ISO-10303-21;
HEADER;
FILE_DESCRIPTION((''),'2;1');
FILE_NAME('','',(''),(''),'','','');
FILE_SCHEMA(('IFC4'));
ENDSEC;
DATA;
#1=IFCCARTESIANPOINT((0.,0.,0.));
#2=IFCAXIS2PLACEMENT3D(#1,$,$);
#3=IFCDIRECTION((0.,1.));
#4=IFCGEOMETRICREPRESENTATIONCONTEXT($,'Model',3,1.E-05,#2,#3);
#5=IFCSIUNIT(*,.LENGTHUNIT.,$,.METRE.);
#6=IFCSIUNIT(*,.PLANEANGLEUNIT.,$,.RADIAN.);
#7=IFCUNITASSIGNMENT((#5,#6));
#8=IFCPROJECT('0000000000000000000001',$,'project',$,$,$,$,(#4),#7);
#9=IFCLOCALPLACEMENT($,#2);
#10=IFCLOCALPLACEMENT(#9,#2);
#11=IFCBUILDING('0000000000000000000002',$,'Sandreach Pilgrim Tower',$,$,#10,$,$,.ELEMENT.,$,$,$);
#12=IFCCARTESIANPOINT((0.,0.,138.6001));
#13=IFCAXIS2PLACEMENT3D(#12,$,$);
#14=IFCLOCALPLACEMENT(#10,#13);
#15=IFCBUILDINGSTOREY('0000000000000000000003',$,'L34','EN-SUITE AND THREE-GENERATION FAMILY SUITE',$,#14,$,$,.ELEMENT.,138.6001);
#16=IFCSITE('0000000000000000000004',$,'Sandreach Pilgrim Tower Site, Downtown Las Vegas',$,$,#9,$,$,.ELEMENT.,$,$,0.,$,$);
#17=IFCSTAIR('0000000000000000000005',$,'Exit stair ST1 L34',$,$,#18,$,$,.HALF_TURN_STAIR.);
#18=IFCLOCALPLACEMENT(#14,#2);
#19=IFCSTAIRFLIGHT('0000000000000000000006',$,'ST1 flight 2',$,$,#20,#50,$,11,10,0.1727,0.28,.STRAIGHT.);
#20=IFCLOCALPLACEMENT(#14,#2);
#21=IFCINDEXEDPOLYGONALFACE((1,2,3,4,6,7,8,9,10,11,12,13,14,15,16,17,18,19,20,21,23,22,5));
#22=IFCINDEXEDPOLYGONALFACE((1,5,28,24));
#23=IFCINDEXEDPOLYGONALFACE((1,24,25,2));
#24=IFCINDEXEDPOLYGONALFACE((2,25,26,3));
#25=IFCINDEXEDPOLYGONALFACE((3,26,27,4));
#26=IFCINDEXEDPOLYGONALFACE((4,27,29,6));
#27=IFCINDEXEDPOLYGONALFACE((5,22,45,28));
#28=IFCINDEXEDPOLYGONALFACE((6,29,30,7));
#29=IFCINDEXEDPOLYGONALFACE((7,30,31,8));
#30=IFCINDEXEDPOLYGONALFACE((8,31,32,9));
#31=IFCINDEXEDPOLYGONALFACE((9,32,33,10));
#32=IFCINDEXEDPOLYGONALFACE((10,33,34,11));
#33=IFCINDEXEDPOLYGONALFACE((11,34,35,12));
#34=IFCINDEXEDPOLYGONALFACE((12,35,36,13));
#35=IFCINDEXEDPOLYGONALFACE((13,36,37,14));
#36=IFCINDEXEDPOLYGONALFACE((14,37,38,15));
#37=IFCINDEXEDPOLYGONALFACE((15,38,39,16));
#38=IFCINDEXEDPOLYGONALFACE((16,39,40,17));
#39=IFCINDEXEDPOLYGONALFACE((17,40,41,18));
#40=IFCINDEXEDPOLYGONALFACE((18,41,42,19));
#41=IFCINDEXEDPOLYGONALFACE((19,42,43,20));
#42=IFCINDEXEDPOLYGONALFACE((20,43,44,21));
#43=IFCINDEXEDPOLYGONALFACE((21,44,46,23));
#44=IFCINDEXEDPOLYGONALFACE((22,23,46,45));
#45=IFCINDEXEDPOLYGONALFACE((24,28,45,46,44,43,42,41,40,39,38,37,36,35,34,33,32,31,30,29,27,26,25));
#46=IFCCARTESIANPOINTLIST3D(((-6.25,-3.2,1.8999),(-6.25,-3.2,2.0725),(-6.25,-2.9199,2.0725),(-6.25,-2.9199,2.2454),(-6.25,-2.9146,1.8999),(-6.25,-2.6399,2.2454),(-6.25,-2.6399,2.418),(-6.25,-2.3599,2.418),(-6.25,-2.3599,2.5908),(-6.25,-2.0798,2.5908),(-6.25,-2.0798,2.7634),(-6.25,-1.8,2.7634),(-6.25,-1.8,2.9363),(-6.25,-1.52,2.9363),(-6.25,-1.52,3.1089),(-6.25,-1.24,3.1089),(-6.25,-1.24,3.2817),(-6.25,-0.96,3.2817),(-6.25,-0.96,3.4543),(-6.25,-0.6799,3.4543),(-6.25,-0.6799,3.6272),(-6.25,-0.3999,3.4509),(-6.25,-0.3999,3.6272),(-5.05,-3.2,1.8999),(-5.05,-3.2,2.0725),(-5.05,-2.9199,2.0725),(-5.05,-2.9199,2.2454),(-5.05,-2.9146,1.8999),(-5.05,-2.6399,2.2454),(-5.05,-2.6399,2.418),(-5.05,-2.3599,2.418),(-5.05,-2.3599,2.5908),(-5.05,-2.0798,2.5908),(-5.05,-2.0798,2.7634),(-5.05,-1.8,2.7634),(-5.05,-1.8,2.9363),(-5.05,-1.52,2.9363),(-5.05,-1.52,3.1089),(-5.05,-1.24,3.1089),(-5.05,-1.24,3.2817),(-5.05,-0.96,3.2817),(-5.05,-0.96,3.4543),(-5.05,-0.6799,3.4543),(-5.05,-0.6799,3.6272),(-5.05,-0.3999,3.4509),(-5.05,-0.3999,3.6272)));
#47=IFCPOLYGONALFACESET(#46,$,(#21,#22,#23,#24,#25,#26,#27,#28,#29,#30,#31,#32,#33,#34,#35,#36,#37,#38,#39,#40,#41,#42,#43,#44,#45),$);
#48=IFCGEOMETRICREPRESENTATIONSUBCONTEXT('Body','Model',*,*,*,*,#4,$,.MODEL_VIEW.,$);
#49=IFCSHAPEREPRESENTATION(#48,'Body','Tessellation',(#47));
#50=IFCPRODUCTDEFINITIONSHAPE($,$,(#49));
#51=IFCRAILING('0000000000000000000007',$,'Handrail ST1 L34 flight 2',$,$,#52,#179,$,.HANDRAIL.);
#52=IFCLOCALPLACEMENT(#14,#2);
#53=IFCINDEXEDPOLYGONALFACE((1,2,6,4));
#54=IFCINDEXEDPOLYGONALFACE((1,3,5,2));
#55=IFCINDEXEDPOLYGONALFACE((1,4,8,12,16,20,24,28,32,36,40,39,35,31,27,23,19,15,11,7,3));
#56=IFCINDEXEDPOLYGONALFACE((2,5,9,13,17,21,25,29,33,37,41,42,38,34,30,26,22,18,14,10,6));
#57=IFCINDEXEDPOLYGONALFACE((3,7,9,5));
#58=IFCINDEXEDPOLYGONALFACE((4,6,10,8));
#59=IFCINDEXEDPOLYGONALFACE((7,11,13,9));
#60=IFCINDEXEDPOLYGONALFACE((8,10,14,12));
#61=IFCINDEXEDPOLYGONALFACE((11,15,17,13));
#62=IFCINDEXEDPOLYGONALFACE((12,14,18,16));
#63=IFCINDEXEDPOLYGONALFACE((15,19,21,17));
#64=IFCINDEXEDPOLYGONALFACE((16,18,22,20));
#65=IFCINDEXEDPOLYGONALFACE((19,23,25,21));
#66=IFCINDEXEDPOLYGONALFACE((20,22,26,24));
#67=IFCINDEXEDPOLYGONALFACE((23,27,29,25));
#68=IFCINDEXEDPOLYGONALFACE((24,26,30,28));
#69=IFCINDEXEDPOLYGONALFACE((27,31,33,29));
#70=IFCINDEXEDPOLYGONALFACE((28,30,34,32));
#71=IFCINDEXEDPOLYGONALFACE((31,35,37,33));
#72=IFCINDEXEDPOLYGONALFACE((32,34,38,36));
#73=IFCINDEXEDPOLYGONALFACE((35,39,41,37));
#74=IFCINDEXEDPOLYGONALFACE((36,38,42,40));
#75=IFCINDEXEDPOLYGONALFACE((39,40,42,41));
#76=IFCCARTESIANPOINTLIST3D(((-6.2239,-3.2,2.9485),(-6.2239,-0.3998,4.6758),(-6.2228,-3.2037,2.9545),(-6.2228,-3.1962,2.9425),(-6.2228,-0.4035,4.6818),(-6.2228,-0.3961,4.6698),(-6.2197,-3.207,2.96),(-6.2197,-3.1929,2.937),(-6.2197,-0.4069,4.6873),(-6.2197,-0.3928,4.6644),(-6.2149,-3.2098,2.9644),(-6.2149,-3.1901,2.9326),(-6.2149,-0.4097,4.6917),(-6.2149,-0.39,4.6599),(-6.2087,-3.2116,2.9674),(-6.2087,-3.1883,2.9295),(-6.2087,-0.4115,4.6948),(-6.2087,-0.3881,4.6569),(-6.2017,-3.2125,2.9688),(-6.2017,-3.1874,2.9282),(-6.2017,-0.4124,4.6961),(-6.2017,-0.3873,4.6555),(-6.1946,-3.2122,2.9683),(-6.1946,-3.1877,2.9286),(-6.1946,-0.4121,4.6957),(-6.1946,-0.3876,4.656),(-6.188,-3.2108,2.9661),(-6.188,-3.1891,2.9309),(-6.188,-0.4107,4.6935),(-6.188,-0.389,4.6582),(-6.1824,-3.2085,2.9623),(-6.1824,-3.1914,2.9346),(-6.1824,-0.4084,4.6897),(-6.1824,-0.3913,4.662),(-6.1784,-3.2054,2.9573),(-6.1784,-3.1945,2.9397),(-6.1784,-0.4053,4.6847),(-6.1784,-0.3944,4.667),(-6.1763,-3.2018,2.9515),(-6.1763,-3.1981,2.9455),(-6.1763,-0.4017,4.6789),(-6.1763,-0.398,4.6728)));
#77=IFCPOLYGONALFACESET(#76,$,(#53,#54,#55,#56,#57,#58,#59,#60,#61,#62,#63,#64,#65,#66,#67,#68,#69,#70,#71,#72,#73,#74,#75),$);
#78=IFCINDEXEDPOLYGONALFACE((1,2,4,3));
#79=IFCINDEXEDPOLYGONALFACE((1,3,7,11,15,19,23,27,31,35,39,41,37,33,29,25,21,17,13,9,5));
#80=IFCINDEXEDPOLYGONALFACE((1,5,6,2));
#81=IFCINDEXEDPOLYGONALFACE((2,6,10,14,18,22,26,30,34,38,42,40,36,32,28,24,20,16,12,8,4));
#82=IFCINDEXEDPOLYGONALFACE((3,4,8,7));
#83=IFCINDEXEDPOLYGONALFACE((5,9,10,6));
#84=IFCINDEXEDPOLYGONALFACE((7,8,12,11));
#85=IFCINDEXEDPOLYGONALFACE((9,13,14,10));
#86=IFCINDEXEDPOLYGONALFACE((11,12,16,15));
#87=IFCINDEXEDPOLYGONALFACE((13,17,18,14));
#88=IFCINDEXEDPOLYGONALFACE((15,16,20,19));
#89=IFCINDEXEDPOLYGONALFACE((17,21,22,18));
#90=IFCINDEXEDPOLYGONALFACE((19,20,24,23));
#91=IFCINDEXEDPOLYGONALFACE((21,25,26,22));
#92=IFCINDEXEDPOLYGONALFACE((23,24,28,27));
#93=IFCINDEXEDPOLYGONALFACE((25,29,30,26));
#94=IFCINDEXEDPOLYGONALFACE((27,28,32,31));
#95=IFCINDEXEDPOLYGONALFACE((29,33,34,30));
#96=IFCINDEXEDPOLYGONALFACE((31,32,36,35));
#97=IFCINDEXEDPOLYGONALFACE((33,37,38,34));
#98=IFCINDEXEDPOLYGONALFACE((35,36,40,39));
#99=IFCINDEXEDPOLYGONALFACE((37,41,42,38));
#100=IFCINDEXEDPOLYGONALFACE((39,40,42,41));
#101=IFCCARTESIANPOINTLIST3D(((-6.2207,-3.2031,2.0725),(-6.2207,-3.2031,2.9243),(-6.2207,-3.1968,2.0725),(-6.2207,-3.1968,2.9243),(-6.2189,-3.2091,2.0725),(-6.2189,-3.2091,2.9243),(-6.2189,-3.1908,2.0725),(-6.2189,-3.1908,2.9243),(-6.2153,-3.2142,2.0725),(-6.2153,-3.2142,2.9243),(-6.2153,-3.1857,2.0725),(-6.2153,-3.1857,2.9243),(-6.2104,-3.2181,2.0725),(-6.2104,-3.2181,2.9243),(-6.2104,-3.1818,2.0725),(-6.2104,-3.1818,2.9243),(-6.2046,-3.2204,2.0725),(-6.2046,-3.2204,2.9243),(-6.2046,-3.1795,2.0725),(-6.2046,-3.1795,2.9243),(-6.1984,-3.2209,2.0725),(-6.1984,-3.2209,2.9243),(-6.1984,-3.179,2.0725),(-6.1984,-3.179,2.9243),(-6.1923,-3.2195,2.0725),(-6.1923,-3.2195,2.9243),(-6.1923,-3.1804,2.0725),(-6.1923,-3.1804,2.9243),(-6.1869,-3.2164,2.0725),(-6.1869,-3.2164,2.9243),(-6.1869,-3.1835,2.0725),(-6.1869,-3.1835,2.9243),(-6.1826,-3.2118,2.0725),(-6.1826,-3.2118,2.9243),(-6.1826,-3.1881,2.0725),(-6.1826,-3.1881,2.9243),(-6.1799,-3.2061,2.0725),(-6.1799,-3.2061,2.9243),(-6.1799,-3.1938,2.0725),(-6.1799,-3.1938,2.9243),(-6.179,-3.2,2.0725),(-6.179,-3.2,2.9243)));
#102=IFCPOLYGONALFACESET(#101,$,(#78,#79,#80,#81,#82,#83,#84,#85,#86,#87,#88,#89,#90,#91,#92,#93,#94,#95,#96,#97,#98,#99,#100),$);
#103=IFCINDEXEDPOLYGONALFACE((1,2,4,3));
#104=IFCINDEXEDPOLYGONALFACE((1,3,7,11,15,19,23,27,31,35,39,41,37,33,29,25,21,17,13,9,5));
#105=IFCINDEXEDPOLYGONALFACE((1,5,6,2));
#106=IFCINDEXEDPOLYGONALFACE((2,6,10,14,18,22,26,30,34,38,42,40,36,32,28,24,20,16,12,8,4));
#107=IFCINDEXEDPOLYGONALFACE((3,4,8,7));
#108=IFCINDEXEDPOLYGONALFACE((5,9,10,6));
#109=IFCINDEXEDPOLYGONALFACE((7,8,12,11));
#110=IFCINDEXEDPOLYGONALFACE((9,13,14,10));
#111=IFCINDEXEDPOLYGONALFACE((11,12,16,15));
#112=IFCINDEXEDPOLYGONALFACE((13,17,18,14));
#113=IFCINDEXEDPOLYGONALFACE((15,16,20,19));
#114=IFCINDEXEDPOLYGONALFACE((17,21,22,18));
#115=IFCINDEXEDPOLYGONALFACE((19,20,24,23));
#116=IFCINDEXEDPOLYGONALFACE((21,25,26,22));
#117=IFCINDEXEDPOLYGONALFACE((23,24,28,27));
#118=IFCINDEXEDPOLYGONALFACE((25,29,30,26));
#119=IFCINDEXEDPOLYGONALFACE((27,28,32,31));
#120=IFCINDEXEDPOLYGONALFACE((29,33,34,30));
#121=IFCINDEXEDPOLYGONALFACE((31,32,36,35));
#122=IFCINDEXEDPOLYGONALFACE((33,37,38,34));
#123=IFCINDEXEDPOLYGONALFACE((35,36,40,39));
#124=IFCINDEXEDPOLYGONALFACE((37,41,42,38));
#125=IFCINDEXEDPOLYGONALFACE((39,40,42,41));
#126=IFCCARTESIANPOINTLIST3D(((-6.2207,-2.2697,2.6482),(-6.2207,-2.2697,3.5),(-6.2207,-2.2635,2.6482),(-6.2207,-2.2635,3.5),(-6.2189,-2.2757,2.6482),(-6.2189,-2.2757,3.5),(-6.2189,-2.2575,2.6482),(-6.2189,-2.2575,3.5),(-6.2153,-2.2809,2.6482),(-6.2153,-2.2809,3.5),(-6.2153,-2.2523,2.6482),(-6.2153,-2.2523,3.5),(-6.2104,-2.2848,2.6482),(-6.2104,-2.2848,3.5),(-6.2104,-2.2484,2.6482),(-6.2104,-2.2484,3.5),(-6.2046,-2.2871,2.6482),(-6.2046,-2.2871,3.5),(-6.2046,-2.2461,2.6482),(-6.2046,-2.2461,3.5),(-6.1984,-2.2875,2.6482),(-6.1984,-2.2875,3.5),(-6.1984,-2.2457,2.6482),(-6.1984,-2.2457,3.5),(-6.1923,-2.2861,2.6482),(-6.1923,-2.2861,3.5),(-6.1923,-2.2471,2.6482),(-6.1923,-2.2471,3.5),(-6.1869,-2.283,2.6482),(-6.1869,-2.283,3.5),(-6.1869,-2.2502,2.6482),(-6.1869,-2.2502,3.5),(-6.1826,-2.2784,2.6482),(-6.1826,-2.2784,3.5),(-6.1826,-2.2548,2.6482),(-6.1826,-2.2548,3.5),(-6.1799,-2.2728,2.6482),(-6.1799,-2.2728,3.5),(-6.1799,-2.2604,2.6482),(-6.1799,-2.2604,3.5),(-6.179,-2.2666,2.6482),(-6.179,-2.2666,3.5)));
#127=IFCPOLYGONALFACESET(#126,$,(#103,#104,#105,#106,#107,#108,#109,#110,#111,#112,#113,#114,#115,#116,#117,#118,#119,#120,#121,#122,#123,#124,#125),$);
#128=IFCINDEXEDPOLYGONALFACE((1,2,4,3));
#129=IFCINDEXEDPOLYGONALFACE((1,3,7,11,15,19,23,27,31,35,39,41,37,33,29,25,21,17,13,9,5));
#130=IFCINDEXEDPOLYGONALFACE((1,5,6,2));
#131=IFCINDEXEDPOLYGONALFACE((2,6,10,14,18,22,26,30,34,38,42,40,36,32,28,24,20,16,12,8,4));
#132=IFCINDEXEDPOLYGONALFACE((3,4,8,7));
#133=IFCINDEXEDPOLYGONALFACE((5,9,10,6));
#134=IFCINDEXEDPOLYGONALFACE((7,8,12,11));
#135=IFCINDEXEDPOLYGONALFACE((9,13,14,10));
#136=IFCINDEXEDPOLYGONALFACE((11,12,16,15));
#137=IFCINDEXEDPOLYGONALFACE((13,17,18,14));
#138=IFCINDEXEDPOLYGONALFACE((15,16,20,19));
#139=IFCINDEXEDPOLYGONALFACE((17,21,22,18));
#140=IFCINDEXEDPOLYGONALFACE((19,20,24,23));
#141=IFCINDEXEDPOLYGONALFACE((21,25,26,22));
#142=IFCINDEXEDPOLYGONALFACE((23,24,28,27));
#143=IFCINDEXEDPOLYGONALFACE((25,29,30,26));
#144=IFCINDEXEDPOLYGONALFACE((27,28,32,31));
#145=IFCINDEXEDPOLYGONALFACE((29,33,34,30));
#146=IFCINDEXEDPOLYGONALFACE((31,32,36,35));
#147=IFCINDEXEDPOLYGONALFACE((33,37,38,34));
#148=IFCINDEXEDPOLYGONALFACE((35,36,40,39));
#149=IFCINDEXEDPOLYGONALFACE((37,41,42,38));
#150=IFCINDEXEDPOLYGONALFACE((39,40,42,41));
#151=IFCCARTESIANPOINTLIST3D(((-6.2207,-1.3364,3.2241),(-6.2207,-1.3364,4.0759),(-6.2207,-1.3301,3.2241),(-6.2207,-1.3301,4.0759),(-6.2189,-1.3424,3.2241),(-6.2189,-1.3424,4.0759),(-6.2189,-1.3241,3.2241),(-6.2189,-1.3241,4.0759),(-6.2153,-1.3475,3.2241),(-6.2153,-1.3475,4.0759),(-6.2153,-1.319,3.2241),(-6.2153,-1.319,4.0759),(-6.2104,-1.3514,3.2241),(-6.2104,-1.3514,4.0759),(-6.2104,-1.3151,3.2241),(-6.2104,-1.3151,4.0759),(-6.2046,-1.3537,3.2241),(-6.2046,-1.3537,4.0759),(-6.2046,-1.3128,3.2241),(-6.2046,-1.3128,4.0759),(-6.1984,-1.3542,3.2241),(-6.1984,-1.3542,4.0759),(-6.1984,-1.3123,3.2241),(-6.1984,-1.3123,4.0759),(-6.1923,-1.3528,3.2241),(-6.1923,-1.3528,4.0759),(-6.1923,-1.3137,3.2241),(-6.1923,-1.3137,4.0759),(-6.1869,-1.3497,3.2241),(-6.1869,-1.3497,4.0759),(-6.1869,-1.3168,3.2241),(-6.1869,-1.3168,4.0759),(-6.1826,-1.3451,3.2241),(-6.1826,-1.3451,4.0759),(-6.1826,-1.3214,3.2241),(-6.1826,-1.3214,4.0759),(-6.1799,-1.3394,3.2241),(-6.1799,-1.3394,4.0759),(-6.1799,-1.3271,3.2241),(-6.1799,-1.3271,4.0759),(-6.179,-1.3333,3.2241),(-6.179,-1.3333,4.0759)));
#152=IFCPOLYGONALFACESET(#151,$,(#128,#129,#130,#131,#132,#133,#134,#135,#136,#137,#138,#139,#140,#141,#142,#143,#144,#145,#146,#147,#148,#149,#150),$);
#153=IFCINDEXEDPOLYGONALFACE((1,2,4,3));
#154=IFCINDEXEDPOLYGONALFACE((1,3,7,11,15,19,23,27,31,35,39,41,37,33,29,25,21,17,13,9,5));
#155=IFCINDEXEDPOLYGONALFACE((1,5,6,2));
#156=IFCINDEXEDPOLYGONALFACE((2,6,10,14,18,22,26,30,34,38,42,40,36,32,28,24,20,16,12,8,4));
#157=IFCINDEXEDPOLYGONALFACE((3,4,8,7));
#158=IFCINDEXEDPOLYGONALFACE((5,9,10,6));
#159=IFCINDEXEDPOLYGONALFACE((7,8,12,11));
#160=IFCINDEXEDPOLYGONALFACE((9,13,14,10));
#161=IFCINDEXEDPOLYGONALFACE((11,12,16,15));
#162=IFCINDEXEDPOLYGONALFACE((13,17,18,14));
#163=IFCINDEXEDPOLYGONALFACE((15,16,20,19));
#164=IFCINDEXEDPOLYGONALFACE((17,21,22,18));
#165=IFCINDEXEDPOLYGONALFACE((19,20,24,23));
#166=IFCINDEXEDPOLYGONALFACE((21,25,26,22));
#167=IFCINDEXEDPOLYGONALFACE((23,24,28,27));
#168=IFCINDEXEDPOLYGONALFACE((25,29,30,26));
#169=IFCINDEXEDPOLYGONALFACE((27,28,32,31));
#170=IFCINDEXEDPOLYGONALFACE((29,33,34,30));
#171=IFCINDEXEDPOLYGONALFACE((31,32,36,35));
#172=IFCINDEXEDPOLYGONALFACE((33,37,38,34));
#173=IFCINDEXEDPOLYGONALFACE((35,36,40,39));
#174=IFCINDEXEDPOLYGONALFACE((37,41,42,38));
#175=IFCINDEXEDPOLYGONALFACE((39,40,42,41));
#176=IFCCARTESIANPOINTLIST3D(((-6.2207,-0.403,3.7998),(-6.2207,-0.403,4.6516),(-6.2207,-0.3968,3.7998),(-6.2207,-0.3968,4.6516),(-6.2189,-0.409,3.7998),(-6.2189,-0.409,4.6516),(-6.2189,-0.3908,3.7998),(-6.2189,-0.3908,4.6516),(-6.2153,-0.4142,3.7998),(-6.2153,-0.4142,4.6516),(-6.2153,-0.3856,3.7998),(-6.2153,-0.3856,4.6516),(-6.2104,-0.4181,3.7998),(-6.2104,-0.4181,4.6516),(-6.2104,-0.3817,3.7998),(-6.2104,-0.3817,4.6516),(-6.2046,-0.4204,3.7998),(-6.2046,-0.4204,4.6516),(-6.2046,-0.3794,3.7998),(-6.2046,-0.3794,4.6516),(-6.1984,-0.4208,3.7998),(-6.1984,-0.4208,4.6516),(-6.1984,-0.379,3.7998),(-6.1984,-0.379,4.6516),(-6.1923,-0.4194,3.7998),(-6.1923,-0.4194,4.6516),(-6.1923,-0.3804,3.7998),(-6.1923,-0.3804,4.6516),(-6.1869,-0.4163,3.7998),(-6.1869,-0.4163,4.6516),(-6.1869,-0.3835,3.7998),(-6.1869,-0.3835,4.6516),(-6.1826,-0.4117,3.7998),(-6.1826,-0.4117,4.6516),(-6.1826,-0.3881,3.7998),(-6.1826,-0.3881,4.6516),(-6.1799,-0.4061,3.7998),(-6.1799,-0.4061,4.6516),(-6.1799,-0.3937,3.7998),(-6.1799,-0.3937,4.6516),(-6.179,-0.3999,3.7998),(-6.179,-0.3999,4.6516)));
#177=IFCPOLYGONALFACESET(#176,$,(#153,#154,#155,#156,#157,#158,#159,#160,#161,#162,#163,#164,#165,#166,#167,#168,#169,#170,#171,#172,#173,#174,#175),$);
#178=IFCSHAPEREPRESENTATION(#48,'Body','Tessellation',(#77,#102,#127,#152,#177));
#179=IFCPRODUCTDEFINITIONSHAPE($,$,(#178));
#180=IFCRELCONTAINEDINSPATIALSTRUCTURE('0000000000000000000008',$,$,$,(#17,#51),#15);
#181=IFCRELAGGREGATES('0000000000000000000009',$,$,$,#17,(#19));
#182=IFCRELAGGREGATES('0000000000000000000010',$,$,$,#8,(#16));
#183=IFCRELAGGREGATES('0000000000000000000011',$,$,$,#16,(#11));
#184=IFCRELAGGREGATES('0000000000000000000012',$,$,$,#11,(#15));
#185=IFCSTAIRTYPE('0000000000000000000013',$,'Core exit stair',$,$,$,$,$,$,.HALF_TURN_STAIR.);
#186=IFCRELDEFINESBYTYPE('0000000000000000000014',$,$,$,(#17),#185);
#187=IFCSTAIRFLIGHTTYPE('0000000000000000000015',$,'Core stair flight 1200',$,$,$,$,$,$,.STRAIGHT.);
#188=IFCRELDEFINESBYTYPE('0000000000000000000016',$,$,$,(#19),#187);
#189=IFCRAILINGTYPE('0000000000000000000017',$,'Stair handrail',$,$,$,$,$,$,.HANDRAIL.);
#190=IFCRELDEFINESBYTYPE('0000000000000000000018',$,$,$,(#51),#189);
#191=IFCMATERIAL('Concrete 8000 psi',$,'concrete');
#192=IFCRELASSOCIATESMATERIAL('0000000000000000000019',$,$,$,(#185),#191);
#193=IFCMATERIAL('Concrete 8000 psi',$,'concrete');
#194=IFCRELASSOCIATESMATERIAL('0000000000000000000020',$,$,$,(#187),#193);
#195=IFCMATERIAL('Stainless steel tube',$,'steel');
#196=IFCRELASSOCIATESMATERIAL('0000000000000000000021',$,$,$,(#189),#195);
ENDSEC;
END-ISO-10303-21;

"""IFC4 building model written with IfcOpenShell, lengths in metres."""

from ifc_helpers import new_model, si_unit, direction, frame, origin, origin_2d, place, context, subcontext, project, spatial, polyline, circle, outline, extrude, material, type_object, element, aggregate, save


model = new_model("IFC4")

# Units and contexts
model_context = context("Model", 3, precision=1e-05, world=origin(), true_north=direction((0.0, 1.0)))
body_context = subcontext(model_context, "Body", "Model", "MODEL_VIEW")
ifc_project = project(units=[si_unit("LENGTHUNIT", "METRE"), si_unit("PLANEANGLEUNIT", "RADIAN")], contexts=[model_context])

# Site, building, storey
site_placement = place(None, origin())
site = spatial("IfcSite", under=ifc_project, at=site_placement, Name="Sandreach Pilgrim Tower Site, Downtown Las Vegas", CompositionType="ELEMENT", RefElevation=0.0)
building_placement = place(site_placement, origin())
building = spatial("IfcBuilding", under=site, at=building_placement, Name="Sandreach Pilgrim Tower", CompositionType="ELEMENT")
storey_placement = place(building_placement, frame((0.0, 0.0, 138.6001)))
storey = spatial("IfcBuildingStorey", under=building, at=storey_placement, Name="L34", Description="EN-SUITE AND THREE-GENERATION FAMILY SUITE", CompositionType="ELEMENT", Elevation=138.6001)

# Stair, stair flight
ifc_material_1 = material(Name="Concrete 8000 psi", Category="concrete")
stair_type = type_object("IfcStairType", Name="Core exit stair", PredefinedType="HALF_TURN_STAIR", material=ifc_material_1)
stair_placement = place(storey_placement, origin())
stair = element("IfcStair", 1, at=stair_placement, inside=storey, type_object=stair_type, Name="Exit stair ST1 L34", PredefinedType="HALF_TURN_STAIR")
ifc_material_2 = material(Name="Concrete 8000 psi", Category="concrete")
stair_flight_type = type_object("IfcStairFlightType", Name="Core stair flight 1200", PredefinedType="STRAIGHT", material=ifc_material_2)
stair_flight_placement = place(storey_placement, frame((-5.6499, -3.2, 1.8999), z_axis=(0.0, 0.0, 1.0), x_axis=(0.0, 1.0, 0.0)))
stair_flight = element("IfcStairFlight", 2, at=stair_flight_placement, type_object=stair_flight_type, Name="ST1 flight 2", NumberOfRisers=11, NumberOfTreads=10, PredefinedType="STRAIGHT", RiserHeight=0.1727, TreadLength=0.28, context=body_context, shape_type="SweptSolid", body=[
    extrude(outline(polyline([(0.0, 0.0), (0.0, 0.1726), (0.28, 0.1726), (0.28, 0.3455), (0.5601, 0.3455), (0.5601, 0.5181), (0.8401, 0.5181), (0.8401, 0.6909), (1.1201, 0.6909), (1.1201, 0.8635), (1.3999, 0.8635), (1.3999, 1.0364), (1.6799, 1.0364), (1.6799, 1.209), (1.96, 1.209), (1.96, 1.3818), (2.24, 1.3818), (2.24, 1.5544), (2.52, 1.5544), (2.52, 1.7273), (2.8, 1.7273), (2.8, 1.8999), (2.8, 1.551), (0.2854, 0.0), (0.0, 0.0)])), frame((0.0, 0.6001, 0.0), z_axis=(0.0, -1.0, 0.0), x_axis=(1.0, 0.0, 0.0)), (0.0, 0.0, 1.0), 1.2),
])
aggregate(stair, [stair_flight])

# Railing
ifc_material_3 = material(Name="Stainless steel tube", Category="steel")
railing_type = type_object("IfcRailingType", Name="Stair handrail", PredefinedType="HANDRAIL", material=ifc_material_3)
for number, where, name in (
    (3, (-6.2, -3.2, 2.0725), "Handrail ST1 L34 flight 2"),
):
    element("IfcRailing", number, at=place(storey_placement, frame(where)), inside=storey, type_object=railing_type, Name=name, PredefinedType="HANDRAIL", context=body_context, shape_type="SweptSolid", body=[
        extrude(circle(Radius=0.0239, at=origin_2d()), frame((0.0, 0.0, 0.876), z_axis=(0.0, 0.85109, 0.52502), x_axis=(-1.0, 0.0, 0.0)), (0.0, 0.0, 1.0), 3.29),
        extrude(circle(Radius=0.021, at=origin_2d()), origin(), (0.0, 0.0, 1.0), 0.8518),
        extrude(circle(Radius=0.021, at=origin_2d()), frame((0.0, 0.9333, 0.5757)), (0.0, 0.0, 1.0), 0.8518),
        extrude(circle(Radius=0.021, at=origin_2d()), frame((0.0, 1.8667, 1.1516)), (0.0, 0.0, 1.0), 0.8518),
        extrude(circle(Radius=0.021, at=origin_2d()), frame((0.0, 2.8, 1.7273)), (0.0, 0.0, 1.0), 0.8518),
    ])

save(model, "model.ifc")
